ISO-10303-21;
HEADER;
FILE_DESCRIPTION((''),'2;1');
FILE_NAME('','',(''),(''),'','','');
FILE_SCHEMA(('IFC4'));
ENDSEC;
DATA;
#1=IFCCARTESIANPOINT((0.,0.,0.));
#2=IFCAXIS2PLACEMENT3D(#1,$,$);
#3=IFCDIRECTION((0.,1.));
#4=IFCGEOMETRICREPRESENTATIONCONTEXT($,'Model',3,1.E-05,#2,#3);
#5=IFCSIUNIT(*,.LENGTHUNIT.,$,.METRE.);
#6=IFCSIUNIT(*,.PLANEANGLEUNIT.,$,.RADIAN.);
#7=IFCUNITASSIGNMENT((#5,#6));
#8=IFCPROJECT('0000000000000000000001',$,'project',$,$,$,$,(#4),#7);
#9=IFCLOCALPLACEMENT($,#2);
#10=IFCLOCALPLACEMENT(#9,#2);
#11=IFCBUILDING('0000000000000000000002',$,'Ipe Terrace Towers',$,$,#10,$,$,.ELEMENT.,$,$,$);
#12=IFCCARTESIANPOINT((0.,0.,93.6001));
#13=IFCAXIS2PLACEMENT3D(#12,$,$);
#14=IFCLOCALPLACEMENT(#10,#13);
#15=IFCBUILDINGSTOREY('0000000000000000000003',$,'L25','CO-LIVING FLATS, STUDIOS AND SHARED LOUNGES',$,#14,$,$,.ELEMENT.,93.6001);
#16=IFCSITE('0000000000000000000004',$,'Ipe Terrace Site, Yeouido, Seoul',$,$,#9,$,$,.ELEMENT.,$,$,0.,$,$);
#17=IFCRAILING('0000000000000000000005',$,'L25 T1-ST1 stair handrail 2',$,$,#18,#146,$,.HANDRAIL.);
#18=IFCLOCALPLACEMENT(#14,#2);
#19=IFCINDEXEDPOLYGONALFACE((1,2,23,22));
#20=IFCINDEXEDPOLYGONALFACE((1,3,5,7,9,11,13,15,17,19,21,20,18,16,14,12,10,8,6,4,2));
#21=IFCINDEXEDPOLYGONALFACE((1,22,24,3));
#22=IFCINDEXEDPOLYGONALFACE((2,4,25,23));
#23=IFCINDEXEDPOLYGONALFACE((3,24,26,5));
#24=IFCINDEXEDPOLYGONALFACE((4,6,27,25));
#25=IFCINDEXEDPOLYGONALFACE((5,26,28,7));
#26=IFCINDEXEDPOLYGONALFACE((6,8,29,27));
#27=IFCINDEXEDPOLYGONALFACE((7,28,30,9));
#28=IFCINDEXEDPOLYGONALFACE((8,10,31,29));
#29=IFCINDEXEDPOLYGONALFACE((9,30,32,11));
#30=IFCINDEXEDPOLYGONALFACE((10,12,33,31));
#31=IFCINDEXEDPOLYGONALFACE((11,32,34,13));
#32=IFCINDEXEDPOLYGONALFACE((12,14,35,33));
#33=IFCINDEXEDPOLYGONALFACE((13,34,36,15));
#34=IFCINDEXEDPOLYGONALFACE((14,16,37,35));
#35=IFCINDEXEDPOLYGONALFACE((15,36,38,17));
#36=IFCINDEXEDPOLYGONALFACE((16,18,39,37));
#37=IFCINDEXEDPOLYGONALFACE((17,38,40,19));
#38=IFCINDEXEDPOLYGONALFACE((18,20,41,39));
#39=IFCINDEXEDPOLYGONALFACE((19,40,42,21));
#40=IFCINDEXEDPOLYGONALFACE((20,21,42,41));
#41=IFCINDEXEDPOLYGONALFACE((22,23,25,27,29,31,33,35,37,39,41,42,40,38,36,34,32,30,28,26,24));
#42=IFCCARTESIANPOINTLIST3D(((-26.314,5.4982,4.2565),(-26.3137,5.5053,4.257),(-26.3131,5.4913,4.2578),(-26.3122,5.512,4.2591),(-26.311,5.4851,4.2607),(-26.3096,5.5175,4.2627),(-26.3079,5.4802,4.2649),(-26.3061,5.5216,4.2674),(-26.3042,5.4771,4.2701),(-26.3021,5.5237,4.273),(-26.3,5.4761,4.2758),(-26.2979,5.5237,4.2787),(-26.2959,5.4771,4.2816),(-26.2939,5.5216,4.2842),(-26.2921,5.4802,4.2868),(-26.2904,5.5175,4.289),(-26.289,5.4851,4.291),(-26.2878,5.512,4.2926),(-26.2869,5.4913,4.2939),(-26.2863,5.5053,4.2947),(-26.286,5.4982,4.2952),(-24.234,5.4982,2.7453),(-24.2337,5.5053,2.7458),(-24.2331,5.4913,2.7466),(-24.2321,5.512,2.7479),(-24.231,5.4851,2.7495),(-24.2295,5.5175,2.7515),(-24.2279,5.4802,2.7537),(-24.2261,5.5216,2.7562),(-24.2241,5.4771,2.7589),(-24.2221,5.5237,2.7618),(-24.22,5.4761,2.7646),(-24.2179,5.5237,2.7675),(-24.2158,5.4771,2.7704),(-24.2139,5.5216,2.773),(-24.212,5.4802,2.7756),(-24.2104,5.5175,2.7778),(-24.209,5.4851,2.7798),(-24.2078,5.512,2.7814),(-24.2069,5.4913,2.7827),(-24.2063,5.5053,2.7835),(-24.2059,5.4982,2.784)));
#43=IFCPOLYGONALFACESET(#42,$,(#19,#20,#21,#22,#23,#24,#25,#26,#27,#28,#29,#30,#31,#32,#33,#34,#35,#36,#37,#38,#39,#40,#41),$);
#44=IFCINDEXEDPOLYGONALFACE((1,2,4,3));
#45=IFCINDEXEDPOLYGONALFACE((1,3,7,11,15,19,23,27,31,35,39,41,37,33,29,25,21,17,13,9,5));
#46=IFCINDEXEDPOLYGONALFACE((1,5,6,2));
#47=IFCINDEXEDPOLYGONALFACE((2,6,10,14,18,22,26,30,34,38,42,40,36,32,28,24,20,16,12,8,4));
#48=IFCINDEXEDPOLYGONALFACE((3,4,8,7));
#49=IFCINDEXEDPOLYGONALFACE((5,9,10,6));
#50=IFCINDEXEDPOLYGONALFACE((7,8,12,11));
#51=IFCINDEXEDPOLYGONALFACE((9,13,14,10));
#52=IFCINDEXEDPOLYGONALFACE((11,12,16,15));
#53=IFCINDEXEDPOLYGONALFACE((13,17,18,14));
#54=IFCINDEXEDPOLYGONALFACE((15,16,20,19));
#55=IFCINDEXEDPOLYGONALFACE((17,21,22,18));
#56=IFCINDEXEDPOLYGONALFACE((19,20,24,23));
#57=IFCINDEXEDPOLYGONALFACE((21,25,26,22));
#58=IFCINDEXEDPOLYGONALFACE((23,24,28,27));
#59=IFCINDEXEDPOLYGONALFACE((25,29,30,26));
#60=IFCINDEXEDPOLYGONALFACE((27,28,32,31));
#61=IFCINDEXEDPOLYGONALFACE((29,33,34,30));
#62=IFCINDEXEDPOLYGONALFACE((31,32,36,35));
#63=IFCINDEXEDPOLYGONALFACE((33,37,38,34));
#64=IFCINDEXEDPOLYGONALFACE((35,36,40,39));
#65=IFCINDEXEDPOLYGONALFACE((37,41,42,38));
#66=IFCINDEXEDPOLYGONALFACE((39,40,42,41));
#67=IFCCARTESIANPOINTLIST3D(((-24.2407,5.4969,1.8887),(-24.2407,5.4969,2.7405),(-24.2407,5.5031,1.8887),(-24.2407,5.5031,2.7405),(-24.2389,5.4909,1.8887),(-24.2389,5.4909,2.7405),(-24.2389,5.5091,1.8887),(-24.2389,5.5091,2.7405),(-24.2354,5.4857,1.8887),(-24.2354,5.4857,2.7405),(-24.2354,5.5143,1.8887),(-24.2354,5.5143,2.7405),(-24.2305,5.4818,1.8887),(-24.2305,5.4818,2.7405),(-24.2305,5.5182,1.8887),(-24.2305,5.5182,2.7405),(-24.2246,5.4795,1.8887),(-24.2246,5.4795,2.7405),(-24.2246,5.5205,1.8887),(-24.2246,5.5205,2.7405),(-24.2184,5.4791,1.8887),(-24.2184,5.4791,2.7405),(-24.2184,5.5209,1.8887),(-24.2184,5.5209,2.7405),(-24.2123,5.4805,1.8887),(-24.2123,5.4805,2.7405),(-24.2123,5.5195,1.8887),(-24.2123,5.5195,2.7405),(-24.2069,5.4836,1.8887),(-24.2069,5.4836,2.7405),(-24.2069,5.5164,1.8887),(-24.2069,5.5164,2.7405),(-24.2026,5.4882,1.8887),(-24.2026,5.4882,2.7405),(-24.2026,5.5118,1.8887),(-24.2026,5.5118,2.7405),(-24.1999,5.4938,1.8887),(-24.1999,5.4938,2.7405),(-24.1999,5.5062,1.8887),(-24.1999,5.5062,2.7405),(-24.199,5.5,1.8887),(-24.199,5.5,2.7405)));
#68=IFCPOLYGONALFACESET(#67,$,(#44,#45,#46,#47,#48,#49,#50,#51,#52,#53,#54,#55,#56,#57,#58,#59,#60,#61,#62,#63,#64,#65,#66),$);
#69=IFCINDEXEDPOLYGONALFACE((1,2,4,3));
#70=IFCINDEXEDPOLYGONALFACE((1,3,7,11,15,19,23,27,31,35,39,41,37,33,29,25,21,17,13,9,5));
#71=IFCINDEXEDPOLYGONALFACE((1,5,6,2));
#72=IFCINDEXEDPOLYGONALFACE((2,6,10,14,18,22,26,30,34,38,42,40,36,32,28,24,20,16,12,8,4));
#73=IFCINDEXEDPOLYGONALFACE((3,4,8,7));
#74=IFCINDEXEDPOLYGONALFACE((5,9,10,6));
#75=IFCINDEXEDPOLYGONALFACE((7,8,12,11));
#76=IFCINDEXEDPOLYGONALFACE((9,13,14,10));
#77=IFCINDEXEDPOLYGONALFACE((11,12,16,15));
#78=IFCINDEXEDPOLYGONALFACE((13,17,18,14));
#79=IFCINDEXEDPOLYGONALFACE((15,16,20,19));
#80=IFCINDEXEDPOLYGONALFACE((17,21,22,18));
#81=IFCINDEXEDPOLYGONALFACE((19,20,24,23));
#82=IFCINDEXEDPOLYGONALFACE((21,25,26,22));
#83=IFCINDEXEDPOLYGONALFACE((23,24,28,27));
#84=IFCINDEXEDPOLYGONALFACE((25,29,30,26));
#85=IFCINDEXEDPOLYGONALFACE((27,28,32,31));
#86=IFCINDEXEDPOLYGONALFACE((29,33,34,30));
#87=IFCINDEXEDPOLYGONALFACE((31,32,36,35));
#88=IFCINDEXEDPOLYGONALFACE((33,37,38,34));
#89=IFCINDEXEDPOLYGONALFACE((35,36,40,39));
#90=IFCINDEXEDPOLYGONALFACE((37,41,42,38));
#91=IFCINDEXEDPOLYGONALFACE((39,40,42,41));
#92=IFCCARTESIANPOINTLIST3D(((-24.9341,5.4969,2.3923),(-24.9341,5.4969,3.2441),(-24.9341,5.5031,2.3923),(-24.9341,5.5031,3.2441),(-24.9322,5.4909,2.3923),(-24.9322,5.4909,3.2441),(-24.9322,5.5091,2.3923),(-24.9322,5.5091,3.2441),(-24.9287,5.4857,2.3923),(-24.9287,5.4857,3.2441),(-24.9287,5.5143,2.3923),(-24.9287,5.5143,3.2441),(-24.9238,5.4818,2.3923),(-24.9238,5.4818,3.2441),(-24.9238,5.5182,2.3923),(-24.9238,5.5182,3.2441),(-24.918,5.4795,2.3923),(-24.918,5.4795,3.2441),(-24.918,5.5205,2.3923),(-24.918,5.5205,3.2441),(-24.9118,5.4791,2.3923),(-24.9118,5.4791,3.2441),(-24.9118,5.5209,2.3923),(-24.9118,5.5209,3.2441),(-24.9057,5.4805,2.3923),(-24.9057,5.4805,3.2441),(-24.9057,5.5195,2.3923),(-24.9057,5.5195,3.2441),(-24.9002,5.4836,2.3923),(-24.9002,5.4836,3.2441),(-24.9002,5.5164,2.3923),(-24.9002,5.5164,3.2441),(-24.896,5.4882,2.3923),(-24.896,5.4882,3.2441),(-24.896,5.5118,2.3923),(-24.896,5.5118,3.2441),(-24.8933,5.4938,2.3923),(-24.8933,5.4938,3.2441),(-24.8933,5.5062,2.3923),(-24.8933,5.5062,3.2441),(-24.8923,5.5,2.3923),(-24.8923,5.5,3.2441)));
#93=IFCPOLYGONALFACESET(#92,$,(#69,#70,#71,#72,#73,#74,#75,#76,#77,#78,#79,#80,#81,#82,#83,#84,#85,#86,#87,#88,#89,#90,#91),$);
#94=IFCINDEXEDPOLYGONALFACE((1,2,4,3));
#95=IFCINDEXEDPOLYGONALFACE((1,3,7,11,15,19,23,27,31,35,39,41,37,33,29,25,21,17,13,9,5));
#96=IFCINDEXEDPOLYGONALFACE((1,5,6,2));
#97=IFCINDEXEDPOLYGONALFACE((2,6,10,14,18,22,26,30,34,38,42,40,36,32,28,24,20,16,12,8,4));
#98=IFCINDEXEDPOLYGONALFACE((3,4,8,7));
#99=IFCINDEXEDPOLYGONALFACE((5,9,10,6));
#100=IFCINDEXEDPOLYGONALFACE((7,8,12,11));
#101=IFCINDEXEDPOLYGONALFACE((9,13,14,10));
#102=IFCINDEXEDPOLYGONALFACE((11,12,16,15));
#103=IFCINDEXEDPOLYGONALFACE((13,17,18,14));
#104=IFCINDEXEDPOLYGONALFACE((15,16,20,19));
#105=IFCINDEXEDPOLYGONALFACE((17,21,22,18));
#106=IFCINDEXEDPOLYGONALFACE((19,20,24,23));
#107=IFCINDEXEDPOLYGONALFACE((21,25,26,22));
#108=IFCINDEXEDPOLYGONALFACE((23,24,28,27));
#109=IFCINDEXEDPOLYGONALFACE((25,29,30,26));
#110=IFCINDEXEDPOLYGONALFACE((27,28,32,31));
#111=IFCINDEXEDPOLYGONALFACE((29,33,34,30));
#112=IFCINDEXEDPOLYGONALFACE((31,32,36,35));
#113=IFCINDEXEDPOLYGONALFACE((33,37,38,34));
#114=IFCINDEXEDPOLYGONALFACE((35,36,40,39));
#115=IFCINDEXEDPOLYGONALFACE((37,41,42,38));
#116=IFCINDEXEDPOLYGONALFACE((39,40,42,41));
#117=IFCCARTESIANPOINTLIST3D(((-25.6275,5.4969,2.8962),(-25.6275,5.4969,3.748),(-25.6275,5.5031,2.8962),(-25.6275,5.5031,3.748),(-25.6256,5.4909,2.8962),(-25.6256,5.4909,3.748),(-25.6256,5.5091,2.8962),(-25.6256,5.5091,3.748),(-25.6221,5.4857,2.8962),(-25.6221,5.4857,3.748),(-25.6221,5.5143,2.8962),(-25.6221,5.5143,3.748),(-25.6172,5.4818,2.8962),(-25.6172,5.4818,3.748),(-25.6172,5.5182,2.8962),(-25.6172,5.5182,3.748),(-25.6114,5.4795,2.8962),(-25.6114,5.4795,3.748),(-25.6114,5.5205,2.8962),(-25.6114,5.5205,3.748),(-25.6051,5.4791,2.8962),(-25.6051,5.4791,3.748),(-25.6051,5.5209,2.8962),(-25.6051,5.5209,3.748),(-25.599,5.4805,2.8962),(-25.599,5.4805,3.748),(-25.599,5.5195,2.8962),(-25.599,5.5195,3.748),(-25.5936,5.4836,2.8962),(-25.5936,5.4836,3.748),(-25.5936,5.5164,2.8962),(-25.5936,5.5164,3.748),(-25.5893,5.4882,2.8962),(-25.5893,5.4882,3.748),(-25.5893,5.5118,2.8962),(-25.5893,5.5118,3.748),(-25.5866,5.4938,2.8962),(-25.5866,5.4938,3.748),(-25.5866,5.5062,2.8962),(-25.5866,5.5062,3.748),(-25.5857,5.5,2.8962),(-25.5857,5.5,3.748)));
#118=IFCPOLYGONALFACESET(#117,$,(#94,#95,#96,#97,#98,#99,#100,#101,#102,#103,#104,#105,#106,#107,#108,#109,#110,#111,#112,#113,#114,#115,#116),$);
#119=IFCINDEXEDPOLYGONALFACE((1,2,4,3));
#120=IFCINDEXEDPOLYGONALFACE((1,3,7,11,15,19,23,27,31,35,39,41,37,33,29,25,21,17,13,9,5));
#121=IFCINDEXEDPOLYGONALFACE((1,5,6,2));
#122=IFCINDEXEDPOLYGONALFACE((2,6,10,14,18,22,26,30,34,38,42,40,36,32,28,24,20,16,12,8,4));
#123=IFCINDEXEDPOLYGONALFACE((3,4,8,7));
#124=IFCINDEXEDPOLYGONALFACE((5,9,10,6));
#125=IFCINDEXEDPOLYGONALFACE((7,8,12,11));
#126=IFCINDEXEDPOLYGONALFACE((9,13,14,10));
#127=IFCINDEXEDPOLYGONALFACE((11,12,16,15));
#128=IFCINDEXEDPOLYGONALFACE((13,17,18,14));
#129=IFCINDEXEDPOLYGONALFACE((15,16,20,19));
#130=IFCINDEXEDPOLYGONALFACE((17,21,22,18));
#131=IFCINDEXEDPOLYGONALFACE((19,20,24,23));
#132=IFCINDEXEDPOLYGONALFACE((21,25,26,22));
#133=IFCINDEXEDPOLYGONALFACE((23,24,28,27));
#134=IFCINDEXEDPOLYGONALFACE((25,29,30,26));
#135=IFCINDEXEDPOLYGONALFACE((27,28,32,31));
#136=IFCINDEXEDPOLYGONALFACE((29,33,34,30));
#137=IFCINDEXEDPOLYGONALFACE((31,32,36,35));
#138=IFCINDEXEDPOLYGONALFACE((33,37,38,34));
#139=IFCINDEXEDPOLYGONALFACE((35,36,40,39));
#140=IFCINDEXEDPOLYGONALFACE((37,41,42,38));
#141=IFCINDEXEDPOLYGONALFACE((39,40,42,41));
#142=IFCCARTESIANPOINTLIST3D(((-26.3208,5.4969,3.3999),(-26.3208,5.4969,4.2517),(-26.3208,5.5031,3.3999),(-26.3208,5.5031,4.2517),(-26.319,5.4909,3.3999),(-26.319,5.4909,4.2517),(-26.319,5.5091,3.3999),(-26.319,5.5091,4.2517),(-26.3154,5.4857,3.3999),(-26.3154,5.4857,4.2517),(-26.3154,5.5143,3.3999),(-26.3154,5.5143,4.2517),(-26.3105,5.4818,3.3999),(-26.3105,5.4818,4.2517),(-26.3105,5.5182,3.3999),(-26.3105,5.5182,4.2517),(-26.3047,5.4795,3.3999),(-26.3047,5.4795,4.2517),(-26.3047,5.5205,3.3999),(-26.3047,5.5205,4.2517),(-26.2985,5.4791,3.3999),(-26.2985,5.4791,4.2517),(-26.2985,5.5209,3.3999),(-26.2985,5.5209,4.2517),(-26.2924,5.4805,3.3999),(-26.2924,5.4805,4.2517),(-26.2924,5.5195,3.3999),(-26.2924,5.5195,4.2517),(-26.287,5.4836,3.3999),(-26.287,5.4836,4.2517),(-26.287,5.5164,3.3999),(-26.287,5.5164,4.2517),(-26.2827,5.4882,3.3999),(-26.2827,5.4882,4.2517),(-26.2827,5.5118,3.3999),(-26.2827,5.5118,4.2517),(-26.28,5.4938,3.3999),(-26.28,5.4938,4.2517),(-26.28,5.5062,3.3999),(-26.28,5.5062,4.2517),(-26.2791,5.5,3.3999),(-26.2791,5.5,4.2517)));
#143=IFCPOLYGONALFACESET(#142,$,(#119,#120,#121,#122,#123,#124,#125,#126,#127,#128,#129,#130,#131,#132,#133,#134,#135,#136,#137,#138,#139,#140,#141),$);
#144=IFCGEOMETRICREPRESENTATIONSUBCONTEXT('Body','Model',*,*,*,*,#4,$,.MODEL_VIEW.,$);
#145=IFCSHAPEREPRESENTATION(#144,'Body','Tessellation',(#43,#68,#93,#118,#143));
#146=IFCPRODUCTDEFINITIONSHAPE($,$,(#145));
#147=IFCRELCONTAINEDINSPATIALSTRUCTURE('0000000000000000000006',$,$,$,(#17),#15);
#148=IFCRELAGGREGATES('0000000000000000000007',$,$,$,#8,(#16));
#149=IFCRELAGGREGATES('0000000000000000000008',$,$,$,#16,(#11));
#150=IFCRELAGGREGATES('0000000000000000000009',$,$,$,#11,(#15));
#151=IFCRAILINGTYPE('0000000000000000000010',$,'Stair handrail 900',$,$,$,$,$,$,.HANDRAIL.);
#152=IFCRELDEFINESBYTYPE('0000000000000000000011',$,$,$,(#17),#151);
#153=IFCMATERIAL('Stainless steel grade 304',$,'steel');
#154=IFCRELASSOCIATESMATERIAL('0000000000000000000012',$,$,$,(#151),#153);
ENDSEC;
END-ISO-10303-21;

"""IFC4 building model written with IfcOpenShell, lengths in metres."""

from ifc_helpers import new_model, si_unit, direction, frame, origin, origin_2d, place, context, subcontext, project, spatial, circle, extrude, material, type_object, element, save


model = new_model("IFC4")

# Units and contexts
model_context = context("Model", 3, precision=1e-05, world=origin(), true_north=direction((0.0, 1.0)))
body_context = subcontext(model_context, "Body", "Model", "MODEL_VIEW")
ifc_project = project(units=[si_unit("LENGTHUNIT", "METRE"), si_unit("PLANEANGLEUNIT", "RADIAN")], contexts=[model_context])

# Site, building, storey
site_placement = place(None, origin())
site = spatial("IfcSite", under=ifc_project, at=site_placement, Name="Ipe Terrace Site, Yeouido, Seoul", CompositionType="ELEMENT", RefElevation=0.0)
building_placement = place(site_placement, origin())
building = spatial("IfcBuilding", under=site, at=building_placement, Name="Ipe Terrace Towers", CompositionType="ELEMENT")
storey_placement = place(building_placement, frame((0.0, 0.0, 93.6001)))
storey = spatial("IfcBuildingStorey", under=building, at=storey_placement, Name="L25", Description="CO-LIVING FLATS, STUDIOS AND SHARED LOUNGES", CompositionType="ELEMENT", Elevation=93.6001)

# Railing
ifc_material_1 = material(Name="Stainless steel grade 304", Category="steel")
railing_type = type_object("IfcRailingType", Name="Stair handrail 900", PredefinedType="HANDRAIL", material=ifc_material_1)
railing_1_placement = place(storey_placement, frame((-24.22, 5.5, 1.8887)))
element("IfcRailing", 1, at=railing_1_placement, inside=storey, type_object=railing_type, Name="L25 T1-ST1 stair handrail 2", PredefinedType="HANDRAIL", context=body_context, shape_type="SweptSolid", body=[
    extrude(circle(Radius=0.0239, at=origin_2d()), frame((0.0, 0.0, 0.876), z_axis=(-0.809023, 0.0, 0.587776), x_axis=(0.0, -1.0, 0.0)), (0.0, 0.0, 1.0), 2.571),
    extrude(circle(Radius=0.021, at=origin_2d()), origin(), (0.0, 0.0, 1.0), 0.8518),
    extrude(circle(Radius=0.021, at=origin_2d()), frame((-0.6934, 0.0, 0.5037)), (0.0, 0.0, 1.0), 0.8518),
    extrude(circle(Radius=0.021, at=origin_2d()), frame((-1.3867, 0.0, 1.0076)), (0.0, 0.0, 1.0), 0.8518),
    extrude(circle(Radius=0.021, at=origin_2d()), frame((-2.0801, 0.0, 1.5112)), (0.0, 0.0, 1.0), 0.8518),
])

save(model, "model.ifc")
